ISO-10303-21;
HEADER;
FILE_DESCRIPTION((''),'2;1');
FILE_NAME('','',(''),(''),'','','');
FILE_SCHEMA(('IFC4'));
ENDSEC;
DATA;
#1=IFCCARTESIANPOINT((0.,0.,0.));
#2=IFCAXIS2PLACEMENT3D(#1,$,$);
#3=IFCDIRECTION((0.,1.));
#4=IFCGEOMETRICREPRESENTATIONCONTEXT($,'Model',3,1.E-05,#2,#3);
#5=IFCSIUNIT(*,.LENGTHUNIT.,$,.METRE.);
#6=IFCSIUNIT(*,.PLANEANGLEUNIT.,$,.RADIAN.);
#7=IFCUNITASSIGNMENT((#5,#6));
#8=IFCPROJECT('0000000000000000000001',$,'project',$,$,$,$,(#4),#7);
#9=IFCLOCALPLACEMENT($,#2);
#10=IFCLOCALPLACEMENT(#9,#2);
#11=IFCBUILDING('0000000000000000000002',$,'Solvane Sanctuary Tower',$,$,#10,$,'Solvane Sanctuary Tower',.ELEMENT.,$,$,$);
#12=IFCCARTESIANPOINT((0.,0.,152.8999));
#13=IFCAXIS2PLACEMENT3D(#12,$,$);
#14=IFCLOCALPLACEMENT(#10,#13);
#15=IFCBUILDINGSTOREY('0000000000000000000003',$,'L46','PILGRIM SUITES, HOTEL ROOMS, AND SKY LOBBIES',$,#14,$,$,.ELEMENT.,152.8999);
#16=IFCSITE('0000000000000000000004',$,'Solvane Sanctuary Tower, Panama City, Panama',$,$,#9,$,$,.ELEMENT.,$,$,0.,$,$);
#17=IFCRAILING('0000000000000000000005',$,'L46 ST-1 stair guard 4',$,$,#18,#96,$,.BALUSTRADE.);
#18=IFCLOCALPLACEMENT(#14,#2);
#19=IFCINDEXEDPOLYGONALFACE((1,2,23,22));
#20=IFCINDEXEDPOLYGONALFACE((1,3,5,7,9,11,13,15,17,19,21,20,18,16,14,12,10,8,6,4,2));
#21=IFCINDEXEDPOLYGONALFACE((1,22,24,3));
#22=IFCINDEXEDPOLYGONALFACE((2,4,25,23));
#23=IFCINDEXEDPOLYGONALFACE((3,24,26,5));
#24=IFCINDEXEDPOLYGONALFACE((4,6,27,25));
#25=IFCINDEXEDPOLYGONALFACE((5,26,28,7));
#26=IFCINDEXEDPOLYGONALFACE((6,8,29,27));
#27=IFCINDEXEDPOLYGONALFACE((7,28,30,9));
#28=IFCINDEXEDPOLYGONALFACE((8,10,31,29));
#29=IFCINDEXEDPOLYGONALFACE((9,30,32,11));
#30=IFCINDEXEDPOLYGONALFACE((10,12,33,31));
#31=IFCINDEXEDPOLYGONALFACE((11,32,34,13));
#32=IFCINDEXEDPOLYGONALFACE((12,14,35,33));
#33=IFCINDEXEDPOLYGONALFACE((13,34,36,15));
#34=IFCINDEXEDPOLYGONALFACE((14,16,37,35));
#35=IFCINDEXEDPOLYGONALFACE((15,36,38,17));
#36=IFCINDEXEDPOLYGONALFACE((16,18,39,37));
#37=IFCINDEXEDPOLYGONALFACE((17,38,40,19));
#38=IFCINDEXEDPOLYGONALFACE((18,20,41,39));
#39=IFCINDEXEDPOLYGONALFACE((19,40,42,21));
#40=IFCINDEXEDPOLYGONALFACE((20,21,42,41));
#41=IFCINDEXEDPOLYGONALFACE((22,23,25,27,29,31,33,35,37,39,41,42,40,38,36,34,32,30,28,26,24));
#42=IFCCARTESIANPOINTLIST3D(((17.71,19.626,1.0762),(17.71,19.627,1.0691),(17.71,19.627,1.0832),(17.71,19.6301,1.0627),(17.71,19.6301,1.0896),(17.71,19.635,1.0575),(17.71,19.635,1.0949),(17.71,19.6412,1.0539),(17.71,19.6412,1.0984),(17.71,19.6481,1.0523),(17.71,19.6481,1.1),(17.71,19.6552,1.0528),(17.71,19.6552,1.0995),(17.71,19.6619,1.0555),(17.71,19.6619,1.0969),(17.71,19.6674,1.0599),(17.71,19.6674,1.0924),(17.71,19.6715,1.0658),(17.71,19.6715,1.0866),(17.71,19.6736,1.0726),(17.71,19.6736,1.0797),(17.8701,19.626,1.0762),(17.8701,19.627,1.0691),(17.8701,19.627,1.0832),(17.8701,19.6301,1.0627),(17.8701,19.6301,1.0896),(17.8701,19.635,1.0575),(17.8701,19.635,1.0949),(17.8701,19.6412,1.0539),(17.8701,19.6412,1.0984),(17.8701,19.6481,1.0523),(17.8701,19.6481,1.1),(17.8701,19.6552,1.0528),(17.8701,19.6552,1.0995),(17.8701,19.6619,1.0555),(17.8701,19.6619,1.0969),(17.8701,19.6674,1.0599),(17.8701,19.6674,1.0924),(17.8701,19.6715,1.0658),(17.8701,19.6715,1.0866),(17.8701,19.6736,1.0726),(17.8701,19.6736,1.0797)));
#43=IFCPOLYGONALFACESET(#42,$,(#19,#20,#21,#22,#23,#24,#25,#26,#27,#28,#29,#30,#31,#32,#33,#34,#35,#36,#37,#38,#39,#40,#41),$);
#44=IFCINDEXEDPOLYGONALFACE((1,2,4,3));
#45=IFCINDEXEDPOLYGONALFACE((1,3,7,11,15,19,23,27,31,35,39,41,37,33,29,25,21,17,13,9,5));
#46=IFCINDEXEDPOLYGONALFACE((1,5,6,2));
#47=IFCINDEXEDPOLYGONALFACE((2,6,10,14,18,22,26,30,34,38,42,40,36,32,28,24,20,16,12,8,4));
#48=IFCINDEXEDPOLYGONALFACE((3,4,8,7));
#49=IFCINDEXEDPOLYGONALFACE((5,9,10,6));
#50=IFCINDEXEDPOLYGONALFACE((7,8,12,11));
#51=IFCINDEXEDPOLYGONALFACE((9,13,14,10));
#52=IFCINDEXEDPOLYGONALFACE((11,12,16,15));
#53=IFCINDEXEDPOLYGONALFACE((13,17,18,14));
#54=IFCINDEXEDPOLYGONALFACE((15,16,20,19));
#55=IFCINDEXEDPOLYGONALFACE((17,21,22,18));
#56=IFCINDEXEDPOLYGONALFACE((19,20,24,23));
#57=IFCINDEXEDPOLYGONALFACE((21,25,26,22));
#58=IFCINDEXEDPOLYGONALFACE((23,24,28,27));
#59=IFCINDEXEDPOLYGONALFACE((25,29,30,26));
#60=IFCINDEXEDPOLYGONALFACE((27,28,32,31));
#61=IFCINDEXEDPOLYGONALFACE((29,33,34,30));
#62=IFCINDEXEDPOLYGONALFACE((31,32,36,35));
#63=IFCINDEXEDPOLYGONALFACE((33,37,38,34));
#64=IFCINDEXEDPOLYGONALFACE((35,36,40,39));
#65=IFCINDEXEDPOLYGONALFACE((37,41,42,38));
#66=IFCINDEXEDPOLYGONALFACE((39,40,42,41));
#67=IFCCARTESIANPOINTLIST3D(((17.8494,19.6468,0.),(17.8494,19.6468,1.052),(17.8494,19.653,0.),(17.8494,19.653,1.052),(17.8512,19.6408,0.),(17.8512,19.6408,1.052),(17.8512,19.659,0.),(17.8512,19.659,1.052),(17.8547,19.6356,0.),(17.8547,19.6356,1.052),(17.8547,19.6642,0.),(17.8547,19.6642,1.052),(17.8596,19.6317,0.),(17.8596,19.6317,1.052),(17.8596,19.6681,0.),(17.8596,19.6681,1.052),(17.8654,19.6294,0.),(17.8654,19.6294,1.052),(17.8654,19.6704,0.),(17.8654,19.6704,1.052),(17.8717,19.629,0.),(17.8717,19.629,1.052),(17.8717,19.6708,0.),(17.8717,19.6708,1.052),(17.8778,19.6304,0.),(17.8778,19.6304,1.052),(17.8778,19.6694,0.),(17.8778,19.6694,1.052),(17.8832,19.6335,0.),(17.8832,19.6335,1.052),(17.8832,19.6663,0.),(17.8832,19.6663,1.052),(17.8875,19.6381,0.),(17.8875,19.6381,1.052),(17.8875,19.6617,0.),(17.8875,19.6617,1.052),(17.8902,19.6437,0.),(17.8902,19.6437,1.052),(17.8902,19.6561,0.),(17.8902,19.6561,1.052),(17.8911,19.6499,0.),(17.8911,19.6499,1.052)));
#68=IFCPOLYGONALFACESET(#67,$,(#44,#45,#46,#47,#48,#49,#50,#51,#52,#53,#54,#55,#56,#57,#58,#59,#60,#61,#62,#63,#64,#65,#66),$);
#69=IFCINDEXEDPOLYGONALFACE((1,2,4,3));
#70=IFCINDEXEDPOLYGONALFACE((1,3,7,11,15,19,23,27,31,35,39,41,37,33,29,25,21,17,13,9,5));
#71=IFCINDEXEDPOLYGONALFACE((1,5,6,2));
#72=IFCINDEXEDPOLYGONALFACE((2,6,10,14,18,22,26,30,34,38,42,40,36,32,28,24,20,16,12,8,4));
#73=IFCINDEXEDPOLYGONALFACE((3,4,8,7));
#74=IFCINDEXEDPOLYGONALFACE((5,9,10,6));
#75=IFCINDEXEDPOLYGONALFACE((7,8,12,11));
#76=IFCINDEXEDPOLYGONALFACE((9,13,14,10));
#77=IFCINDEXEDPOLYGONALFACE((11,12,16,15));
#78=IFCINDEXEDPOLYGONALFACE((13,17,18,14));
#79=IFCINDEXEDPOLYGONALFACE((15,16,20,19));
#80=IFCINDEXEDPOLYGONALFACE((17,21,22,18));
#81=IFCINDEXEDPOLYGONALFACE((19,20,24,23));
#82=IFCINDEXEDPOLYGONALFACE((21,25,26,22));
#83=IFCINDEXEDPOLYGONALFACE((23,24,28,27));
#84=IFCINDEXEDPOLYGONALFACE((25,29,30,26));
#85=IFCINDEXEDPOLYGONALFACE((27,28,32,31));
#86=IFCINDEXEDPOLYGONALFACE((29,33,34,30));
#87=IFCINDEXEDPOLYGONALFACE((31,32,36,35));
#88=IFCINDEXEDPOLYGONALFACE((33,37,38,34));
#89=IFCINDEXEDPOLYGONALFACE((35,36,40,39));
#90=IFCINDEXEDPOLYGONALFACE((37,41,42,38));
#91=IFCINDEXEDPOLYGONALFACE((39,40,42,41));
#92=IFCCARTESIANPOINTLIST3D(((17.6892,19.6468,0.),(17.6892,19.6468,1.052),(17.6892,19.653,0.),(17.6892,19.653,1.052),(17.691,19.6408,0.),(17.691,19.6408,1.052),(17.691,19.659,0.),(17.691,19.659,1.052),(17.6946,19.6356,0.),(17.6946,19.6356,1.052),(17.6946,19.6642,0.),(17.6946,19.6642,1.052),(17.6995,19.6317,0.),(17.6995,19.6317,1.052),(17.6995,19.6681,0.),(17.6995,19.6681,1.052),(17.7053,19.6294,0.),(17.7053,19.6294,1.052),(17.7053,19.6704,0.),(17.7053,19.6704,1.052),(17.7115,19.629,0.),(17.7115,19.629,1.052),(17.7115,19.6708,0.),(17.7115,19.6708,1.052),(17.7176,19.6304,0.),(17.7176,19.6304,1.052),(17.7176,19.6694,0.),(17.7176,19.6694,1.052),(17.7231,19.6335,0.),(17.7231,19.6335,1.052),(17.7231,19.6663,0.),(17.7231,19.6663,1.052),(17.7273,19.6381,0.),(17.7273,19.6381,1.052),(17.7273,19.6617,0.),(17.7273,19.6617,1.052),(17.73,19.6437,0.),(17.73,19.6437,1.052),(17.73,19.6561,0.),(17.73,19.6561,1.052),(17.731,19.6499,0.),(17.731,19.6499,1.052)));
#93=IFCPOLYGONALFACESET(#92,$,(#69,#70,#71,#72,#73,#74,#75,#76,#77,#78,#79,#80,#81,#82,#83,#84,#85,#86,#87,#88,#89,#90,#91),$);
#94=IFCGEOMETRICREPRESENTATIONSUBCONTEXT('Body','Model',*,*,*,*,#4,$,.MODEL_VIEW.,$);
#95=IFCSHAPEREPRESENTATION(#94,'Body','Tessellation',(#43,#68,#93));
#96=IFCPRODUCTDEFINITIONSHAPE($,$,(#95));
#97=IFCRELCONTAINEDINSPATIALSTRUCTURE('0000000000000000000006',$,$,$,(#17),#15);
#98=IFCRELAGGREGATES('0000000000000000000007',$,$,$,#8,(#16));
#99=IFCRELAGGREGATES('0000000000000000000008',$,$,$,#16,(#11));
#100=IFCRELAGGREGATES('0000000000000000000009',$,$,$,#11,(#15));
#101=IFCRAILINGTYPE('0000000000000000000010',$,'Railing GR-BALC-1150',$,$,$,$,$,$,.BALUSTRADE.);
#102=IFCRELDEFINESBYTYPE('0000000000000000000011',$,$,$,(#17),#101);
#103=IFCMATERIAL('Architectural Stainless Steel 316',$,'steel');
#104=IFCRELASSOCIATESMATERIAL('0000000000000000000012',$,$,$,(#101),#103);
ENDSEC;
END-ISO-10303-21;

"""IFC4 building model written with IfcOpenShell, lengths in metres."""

from ifc_helpers import new_model, si_unit, direction, frame, origin, origin_2d, place, context, subcontext, project, spatial, circle, extrude, material, type_object, element, save


model = new_model("IFC4")

# Units and contexts
model_context = context("Model", 3, precision=1e-05, world=origin(), true_north=direction((0.0, 1.0)))
body_context = subcontext(model_context, "Body", "Model", "MODEL_VIEW")
ifc_project = project(units=[si_unit("LENGTHUNIT", "METRE"), si_unit("PLANEANGLEUNIT", "RADIAN")], contexts=[model_context])

# Site, building, storey
site_placement = place(None, origin())
site = spatial("IfcSite", under=ifc_project, at=site_placement, Name="Solvane Sanctuary Tower, Panama City, Panama", CompositionType="ELEMENT", RefElevation=0.0)
building_placement = place(site_placement, origin())
building = spatial("IfcBuilding", under=site, at=building_placement, Name="Solvane Sanctuary Tower", LongName="Solvane Sanctuary Tower", CompositionType="ELEMENT")
storey_placement = place(building_placement, frame((0.0, 0.0, 152.8999)))
storey = spatial("IfcBuildingStorey", under=building, at=storey_placement, Name="L46", Description="PILGRIM SUITES, HOTEL ROOMS, AND SKY LOBBIES", CompositionType="ELEMENT", Elevation=152.8999)

# Shared definitions
ifc_material_1 = material(Name="Architectural Stainless Steel 316", Category="steel")

# Railing
railing_type_1 = type_object("IfcRailingType", Name="Railing GR-BALC-1150", PredefinedType="BALUSTRADE", material=ifc_material_1)
railing_1_placement = place(storey_placement, frame((17.8701, 19.6499, 0.0)))
element("IfcRailing", 1, at=railing_1_placement, inside=storey, type_object=railing_type_1, Name="L46 ST-1 stair guard 4", PredefinedType="BALUSTRADE", context=body_context, shape_type="SweptSolid", body=[
    extrude(circle(Radius=0.0239, at=origin_2d()), frame((0.0, 0.0, 1.0762), z_axis=(-1.0, 0.0, 0.0), x_axis=(0.0, -1.0, 0.0)), (0.0, 0.0, 1.0), 0.1602),
    extrude(circle(Radius=0.021, at=origin_2d()), origin(), (0.0, 0.0, 1.0), 1.052),
    extrude(circle(Radius=0.021, at=origin_2d()), frame((-0.1602, 0.0, 0.0)), (0.0, 0.0, 1.0), 1.052),
])

save(model, "model.ifc")
